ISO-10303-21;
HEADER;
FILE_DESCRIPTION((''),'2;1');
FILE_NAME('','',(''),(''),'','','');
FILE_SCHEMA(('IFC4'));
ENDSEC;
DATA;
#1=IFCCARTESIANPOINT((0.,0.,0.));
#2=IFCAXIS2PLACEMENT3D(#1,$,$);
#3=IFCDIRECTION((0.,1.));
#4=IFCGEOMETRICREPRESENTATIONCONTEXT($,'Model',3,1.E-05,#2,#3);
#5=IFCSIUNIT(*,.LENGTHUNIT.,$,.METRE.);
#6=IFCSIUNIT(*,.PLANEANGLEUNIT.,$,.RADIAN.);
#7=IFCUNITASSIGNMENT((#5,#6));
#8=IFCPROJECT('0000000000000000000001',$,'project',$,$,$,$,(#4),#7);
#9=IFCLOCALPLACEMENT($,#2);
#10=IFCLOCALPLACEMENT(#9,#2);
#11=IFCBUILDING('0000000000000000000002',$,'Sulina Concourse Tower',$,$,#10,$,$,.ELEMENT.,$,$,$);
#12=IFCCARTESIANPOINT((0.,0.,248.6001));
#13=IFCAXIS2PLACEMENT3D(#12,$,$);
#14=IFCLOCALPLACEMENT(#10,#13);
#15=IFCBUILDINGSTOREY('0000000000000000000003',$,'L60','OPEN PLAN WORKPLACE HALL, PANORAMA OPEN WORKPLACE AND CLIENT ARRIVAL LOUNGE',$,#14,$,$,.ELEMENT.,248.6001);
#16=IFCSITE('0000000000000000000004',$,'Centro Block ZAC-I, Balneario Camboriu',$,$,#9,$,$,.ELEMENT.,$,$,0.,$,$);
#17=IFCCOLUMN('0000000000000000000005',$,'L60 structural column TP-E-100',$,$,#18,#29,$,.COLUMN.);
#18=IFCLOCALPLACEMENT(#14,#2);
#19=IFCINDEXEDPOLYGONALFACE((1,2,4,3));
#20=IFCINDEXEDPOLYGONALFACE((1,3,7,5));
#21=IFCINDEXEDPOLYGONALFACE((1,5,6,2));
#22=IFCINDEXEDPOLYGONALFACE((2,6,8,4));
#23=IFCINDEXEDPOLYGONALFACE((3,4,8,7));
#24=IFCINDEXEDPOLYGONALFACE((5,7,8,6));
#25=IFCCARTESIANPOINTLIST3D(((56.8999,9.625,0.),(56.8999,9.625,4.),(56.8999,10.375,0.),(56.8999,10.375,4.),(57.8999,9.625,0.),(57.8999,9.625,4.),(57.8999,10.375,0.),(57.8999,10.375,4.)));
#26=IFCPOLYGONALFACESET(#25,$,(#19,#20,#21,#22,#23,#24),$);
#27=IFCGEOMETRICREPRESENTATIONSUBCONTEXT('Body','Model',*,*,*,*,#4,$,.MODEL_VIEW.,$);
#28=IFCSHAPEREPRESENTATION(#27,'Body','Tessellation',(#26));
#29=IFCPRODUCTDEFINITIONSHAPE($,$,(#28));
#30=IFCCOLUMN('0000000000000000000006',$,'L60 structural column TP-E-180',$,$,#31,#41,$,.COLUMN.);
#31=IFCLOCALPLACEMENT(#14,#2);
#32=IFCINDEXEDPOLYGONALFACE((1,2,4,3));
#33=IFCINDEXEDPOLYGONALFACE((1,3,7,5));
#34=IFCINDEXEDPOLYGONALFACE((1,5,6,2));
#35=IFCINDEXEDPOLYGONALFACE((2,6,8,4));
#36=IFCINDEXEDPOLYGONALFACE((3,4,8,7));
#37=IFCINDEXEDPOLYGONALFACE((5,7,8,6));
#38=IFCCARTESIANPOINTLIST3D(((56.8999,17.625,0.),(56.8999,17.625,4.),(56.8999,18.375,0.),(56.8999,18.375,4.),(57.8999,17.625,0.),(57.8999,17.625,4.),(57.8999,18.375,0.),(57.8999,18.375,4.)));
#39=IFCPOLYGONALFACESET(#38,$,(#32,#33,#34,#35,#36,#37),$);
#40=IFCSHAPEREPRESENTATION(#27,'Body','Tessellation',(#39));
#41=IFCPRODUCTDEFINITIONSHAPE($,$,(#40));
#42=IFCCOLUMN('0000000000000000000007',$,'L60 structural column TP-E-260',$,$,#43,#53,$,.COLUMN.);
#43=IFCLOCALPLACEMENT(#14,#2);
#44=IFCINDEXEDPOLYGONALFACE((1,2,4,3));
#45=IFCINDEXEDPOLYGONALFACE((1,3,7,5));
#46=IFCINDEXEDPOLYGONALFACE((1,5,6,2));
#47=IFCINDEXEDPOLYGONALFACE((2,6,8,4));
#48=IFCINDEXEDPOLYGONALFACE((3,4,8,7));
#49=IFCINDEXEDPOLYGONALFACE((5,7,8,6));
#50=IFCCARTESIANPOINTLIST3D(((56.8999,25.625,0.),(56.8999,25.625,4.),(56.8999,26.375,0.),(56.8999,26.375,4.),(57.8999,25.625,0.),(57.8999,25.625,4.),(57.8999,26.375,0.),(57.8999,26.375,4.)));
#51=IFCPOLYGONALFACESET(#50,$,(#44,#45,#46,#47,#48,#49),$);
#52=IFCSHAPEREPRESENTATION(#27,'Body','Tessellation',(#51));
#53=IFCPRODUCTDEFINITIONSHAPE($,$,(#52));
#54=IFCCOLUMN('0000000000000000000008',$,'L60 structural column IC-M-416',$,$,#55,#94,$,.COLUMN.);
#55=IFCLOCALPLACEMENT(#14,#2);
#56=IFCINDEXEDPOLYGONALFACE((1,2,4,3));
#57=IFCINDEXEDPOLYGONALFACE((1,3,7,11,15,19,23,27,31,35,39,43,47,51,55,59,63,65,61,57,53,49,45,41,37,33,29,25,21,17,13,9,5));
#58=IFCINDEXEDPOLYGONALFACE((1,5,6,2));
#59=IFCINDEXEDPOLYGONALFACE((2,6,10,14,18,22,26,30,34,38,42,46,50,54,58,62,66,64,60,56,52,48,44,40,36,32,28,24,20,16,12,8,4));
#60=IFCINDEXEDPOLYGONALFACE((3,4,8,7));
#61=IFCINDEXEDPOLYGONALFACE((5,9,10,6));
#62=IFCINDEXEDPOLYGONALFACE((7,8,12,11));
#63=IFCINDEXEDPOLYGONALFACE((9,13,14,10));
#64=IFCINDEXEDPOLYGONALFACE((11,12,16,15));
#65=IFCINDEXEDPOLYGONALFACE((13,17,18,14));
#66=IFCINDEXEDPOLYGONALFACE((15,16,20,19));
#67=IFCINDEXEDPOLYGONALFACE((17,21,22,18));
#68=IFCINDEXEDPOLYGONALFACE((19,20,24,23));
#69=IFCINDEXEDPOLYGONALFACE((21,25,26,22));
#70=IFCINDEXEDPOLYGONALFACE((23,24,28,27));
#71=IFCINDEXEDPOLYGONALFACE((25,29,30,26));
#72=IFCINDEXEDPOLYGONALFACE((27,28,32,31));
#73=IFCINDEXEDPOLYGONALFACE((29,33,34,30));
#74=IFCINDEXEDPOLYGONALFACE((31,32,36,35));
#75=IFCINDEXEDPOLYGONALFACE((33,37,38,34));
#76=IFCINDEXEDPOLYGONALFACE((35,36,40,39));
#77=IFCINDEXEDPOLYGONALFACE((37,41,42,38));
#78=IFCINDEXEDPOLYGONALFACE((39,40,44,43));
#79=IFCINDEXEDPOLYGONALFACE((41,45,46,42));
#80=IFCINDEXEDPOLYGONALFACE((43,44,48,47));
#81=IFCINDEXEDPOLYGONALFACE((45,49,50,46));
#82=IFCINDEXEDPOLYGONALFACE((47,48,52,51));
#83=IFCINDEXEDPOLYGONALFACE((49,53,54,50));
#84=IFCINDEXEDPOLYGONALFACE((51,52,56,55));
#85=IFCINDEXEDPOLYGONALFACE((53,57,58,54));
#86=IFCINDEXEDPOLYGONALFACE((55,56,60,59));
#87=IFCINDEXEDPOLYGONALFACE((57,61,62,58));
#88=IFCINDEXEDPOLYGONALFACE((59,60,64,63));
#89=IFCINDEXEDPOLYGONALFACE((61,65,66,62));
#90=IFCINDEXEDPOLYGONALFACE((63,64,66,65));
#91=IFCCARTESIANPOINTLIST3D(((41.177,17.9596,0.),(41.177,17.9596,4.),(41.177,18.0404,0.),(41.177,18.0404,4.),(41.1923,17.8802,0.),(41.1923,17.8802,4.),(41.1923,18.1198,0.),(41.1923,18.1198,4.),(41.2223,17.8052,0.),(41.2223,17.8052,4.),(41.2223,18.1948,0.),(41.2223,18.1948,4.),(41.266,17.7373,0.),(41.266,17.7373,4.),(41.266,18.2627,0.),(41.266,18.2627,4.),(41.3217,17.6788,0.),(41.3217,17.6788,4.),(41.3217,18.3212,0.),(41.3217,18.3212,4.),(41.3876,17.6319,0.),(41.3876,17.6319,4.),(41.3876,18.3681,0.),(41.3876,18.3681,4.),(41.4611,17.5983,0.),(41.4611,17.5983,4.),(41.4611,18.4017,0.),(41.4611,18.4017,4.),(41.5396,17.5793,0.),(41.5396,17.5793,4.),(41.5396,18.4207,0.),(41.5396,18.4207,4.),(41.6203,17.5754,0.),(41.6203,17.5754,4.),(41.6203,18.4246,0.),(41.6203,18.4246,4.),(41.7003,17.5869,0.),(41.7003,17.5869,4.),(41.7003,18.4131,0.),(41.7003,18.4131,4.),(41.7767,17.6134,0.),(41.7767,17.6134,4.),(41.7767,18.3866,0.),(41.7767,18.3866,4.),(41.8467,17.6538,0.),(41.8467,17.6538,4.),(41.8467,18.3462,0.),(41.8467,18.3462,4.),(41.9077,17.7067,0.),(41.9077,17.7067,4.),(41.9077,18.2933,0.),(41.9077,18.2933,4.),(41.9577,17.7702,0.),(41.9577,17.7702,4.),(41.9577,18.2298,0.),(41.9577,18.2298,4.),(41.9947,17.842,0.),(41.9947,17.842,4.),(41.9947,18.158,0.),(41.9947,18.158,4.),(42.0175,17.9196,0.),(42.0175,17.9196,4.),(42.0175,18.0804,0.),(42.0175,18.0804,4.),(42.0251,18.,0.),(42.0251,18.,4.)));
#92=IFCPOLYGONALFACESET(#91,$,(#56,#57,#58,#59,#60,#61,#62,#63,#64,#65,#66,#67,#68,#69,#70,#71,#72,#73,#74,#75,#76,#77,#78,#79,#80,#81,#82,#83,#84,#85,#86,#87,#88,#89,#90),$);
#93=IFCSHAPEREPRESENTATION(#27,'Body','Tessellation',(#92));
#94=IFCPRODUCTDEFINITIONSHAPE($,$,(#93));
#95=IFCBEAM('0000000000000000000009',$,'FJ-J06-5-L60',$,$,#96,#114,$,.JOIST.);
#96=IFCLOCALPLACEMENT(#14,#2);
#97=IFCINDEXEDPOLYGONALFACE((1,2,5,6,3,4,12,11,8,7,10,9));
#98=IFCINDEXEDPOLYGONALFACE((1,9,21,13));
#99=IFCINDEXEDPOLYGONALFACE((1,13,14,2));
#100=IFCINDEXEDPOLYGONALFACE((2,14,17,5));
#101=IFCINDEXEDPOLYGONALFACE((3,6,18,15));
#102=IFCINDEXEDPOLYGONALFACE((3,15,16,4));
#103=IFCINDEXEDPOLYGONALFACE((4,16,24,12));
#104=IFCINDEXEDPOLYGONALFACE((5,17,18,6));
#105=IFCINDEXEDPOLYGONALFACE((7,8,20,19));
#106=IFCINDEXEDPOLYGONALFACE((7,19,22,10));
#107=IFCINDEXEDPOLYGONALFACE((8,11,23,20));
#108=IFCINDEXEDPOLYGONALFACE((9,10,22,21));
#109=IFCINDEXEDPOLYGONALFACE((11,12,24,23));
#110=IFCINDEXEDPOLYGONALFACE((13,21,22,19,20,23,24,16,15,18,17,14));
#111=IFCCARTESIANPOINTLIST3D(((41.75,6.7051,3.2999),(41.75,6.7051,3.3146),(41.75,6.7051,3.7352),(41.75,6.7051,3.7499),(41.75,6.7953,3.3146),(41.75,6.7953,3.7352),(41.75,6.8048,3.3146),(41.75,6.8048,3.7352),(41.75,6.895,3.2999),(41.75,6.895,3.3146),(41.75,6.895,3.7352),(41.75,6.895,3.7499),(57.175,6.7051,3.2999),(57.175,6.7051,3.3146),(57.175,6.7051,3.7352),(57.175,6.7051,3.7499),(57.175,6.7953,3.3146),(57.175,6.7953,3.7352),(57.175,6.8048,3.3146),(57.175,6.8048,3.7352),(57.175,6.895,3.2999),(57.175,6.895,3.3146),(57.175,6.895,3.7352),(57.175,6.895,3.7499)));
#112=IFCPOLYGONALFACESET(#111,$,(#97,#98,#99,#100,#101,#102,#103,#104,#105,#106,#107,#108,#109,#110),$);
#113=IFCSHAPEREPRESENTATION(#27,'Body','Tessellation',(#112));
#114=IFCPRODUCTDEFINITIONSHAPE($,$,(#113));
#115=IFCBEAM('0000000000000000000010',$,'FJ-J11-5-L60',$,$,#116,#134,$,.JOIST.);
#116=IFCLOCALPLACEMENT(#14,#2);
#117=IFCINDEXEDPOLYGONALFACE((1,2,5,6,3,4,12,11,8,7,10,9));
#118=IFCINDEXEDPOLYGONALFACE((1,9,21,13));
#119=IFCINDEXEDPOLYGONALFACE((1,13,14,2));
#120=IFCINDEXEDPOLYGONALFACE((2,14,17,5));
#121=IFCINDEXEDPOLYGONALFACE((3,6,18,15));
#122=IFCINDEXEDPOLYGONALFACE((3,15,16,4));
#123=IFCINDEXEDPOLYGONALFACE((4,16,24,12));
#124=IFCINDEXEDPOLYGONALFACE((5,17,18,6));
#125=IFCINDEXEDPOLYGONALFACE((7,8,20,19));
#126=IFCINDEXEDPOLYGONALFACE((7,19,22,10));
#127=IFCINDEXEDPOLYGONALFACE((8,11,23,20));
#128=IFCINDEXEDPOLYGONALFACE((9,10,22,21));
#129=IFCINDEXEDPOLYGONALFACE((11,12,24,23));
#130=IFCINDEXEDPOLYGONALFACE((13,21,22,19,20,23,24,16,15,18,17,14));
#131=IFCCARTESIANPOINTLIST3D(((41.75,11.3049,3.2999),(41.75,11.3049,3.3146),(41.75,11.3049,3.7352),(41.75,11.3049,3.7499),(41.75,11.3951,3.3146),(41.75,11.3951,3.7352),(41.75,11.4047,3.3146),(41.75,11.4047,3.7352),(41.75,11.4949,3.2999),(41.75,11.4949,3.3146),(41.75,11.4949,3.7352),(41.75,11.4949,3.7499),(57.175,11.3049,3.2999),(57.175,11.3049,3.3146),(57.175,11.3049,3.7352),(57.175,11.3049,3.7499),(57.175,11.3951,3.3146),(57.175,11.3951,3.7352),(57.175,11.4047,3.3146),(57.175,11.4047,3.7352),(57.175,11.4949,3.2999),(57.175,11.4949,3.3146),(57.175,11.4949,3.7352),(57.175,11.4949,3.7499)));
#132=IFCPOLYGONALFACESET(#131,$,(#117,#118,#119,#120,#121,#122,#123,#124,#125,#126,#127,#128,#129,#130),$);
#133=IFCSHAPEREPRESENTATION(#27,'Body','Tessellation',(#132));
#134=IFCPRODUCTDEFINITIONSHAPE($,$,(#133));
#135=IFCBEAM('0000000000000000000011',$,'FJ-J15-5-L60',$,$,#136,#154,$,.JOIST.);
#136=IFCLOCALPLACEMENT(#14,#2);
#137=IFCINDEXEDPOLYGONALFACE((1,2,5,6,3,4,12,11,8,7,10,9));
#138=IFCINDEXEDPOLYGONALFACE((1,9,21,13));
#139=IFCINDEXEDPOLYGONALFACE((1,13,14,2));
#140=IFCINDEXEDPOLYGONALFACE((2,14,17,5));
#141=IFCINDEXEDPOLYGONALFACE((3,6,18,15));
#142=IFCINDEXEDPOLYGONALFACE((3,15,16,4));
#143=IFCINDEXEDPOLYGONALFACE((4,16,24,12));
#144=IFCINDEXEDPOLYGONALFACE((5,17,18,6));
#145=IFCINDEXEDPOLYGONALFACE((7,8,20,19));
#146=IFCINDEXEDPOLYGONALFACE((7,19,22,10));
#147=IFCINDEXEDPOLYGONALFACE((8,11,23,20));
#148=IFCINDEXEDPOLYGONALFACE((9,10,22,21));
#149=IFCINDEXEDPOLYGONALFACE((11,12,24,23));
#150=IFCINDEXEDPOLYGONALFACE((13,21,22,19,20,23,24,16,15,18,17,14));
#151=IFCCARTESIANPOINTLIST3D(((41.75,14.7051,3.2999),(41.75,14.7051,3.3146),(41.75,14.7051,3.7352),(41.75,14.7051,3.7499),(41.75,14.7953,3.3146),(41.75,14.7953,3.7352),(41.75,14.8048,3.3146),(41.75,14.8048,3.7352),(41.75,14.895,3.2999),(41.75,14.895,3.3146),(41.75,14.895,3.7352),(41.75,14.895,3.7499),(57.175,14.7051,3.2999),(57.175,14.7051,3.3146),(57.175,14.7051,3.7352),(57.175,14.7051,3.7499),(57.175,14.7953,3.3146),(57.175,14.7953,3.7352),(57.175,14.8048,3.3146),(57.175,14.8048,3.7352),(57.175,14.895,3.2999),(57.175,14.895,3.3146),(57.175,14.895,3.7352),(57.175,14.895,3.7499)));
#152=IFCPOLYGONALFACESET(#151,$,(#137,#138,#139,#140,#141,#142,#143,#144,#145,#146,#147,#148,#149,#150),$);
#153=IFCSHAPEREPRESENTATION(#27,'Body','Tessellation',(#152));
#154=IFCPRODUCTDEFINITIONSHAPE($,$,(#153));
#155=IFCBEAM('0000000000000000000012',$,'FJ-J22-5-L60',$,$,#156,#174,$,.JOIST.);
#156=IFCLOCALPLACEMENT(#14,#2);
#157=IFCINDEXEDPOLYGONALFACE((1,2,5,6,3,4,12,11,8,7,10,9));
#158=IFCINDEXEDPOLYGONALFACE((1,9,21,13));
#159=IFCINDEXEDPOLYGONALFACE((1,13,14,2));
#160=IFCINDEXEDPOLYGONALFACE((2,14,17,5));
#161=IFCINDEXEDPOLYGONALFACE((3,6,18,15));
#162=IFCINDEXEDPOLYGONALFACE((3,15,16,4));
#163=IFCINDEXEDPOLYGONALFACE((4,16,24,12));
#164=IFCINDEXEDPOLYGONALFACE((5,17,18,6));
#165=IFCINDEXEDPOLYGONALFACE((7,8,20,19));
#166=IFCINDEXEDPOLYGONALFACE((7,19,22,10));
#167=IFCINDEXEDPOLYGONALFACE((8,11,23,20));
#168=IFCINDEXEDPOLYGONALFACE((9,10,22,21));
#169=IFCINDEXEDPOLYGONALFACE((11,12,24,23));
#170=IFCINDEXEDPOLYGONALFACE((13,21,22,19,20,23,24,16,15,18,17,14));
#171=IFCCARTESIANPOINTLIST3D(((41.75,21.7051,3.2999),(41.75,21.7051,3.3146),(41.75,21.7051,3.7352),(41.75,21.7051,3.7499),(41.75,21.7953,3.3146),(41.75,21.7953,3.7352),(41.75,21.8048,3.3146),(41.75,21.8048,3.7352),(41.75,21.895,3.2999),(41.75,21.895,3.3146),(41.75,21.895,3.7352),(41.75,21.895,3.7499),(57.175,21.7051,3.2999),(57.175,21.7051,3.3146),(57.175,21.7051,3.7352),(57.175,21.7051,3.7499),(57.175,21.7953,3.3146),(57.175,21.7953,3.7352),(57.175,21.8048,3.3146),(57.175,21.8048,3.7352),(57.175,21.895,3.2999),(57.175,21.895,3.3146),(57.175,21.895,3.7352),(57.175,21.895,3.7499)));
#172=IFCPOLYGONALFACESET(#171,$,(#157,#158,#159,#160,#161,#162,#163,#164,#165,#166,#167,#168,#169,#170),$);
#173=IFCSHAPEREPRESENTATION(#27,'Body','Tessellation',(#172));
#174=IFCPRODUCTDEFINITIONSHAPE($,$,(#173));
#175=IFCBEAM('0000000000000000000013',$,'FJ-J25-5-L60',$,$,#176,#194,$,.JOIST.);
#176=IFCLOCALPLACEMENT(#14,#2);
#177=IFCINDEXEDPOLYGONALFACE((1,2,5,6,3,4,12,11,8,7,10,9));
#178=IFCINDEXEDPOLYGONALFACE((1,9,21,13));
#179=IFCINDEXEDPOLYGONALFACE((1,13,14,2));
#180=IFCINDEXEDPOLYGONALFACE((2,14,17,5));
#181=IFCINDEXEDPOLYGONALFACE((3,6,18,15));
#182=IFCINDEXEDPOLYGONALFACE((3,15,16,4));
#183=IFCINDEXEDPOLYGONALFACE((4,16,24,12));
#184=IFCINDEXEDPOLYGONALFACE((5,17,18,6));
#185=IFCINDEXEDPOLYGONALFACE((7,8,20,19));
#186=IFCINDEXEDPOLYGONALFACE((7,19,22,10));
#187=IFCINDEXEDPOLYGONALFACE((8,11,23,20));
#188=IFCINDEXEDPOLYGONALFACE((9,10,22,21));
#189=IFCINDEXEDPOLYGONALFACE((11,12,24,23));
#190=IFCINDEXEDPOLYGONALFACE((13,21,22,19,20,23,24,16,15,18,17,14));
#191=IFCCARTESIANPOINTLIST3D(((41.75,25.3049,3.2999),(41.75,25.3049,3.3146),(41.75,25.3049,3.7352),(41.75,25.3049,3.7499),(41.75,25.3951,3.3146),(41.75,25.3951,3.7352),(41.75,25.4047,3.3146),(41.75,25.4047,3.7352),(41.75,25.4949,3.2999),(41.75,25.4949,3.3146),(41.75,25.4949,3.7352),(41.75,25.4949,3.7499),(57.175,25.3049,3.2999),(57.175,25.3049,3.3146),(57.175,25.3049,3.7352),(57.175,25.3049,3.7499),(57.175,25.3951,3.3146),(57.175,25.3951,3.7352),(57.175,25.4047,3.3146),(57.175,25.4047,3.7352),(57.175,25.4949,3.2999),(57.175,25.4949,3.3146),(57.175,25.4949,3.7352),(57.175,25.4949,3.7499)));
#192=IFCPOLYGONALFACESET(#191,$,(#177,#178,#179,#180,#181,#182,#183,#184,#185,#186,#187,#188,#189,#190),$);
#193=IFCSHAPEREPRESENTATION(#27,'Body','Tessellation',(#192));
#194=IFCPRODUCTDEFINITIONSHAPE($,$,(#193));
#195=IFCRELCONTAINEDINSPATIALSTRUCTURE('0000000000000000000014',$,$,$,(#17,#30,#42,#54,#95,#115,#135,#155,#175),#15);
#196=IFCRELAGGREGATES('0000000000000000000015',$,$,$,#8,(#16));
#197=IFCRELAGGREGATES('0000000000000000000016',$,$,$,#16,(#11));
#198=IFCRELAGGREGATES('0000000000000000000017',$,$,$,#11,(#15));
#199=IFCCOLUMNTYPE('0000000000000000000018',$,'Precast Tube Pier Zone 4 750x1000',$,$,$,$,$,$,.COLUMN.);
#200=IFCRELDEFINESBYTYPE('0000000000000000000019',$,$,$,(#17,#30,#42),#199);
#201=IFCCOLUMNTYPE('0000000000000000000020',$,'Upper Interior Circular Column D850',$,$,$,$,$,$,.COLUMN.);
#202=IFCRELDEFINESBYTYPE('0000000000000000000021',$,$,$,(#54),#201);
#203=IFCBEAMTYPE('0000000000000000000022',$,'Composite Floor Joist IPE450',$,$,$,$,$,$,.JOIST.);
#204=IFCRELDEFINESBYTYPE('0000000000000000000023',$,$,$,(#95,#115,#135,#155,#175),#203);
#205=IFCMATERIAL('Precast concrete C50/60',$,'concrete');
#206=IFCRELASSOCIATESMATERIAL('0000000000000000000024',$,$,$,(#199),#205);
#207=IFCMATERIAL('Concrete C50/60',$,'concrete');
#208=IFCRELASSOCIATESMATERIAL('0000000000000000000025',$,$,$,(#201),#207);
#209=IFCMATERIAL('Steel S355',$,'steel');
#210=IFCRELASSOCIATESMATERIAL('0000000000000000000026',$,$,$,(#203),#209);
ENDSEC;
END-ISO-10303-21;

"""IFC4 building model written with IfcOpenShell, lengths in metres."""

from ifc_helpers import new_model, si_unit, direction, frame, origin, origin_2d, place, context, subcontext, project, spatial, rectangle, circle, i_section, extrude, material, material_profile, profile_set, type_object, element, save


model = new_model("IFC4")

# Units and contexts
model_context = context("Model", 3, precision=1e-05, world=origin(), true_north=direction((0.0, 1.0)))
body_context = subcontext(model_context, "Body", "Model", "MODEL_VIEW")
ifc_project = project(units=[si_unit("LENGTHUNIT", "METRE"), si_unit("PLANEANGLEUNIT", "RADIAN")], contexts=[model_context])

# Site, building, storey
site_placement = place(None, origin())
site = spatial("IfcSite", under=ifc_project, at=site_placement, Name="Centro Block ZAC-I, Balneario Camboriu", CompositionType="ELEMENT", RefElevation=0.0)
building_placement = place(site_placement, origin())
building = spatial("IfcBuilding", under=site, at=building_placement, Name="Sulina Concourse Tower", CompositionType="ELEMENT")
storey_placement = place(building_placement, frame((0.0, 0.0, 248.6001)))
storey = spatial("IfcBuildingStorey", under=building, at=storey_placement, Name="L60", Description="OPEN PLAN WORKPLACE HALL, PANORAMA OPEN WORKPLACE AND CLIENT ARRIVAL LOUNGE", CompositionType="ELEMENT", Elevation=248.6001)

# Columns
ifc_material_1 = material(Name="Precast concrete C50/60", Category="concrete")
ifc_material_profile_1 = material_profile(ifc_material_1, rectangle(XDim=0.75, YDim=1.0, at=origin_2d()), Name="PC 750x1000")
ifc_profile_set_1 = profile_set([ifc_material_profile_1], Name="Precast concrete C50/60")
column_type_1 = type_object("IfcColumnType", Name="Precast Tube Pier Zone 4 750x1000", PredefinedType="COLUMN", material=ifc_profile_set_1)
for number, where, z_axis, x_axis, name in (
    (1, (57.3999, 10.0, 0.0), (0.0, 0.0, 1.0), (0.0, 1.0, 0.0), "L60 structural column TP-E-100"),
    (2, (57.3999, 18.0, 0.0), (0.0, 0.0, 1.0), (0.0, 1.0, 0.0), "L60 structural column TP-E-180"),
    (3, (57.3999, 26.0, 0.0), (0.0, 0.0, 1.0), (0.0, 1.0, 0.0), "L60 structural column TP-E-260"),
):
    element("IfcColumn", number, at=place(storey_placement, frame(where, z_axis=z_axis, x_axis=x_axis)), inside=storey, type_object=column_type_1, Name=name, PredefinedType="COLUMN", context=body_context, shape_type="SweptSolid", body=[
        extrude(rectangle(XDim=0.75, YDim=1.0, at=origin_2d()), origin(), (0.0, 0.0, 1.0), 4.0),
    ])
ifc_material_2 = material(Name="Concrete C50/60", Category="concrete")
ifc_material_profile_2 = material_profile(ifc_material_2, circle(Radius=0.425, at=origin_2d()), Name="RC D850")
ifc_profile_set_2 = profile_set([ifc_material_profile_2], Name="Concrete C50/60")
column_type_2 = type_object("IfcColumnType", Name="Upper Interior Circular Column D850", PredefinedType="COLUMN", material=ifc_profile_set_2)
column_placement = place(storey_placement, frame((41.6001, 18.0, 0.0), z_axis=(0.0, 0.0, 1.0), x_axis=(1.0, 0.0, 0.0)))
element("IfcColumn", 4, at=column_placement, inside=storey, type_object=column_type_2, Name="L60 structural column IC-M-416", PredefinedType="COLUMN", context=body_context, shape_type="SweptSolid", body=[
    extrude(circle(Radius=0.425, at=origin_2d()), origin(), (0.0, 0.0, 1.0), 4.0),
])

# Beams
ifc_material_3 = material(Name="Steel S355", Category="steel")
ifc_material_profile_3 = material_profile(ifc_material_3, i_section(OverallWidth=0.1899, OverallDepth=0.45, WebThickness=0.0095, FlangeThickness=0.0146, at=origin_2d()), Name="IPE 450")
ifc_profile_set_3 = profile_set([ifc_material_profile_3], Name="Steel S355")
beam_type_1 = type_object("IfcBeamType", Name="Composite Floor Joist IPE450", PredefinedType="JOIST", material=ifc_profile_set_3)
for number, where, z_axis, x_axis, name in (
    (5, (41.75, 6.8, 3.5249), (1.0, 0.0, 0.0), (0.0, 1.0, 0.0), "FJ-J06-5-L60"),
    (6, (41.75, 11.3999, 3.5249), (1.0, 0.0, 0.0), (0.0, 1.0, 0.0), "FJ-J11-5-L60"),
    (7, (41.75, 14.8, 3.5249), (1.0, 0.0, 0.0), (0.0, 1.0, 0.0), "FJ-J15-5-L60"),
    (8, (41.75, 21.8, 3.5249), (1.0, 0.0, 0.0), (0.0, 1.0, 0.0), "FJ-J22-5-L60"),
    (9, (41.75, 25.3999, 3.5249), (1.0, 0.0, 0.0), (0.0, 1.0, 0.0), "FJ-J25-5-L60"),
):
    element("IfcBeam", number, at=place(storey_placement, frame(where, z_axis=z_axis, x_axis=x_axis)), inside=storey, type_object=beam_type_1, Name=name, PredefinedType="JOIST", context=body_context, shape_type="SweptSolid", body=[
        extrude(i_section(OverallWidth=0.1899, OverallDepth=0.45, WebThickness=0.0095, FlangeThickness=0.0146, at=origin_2d()), origin(), (0.0, 0.0, 1.0), 15.425),
    ])

save(model, "model.ifc")
